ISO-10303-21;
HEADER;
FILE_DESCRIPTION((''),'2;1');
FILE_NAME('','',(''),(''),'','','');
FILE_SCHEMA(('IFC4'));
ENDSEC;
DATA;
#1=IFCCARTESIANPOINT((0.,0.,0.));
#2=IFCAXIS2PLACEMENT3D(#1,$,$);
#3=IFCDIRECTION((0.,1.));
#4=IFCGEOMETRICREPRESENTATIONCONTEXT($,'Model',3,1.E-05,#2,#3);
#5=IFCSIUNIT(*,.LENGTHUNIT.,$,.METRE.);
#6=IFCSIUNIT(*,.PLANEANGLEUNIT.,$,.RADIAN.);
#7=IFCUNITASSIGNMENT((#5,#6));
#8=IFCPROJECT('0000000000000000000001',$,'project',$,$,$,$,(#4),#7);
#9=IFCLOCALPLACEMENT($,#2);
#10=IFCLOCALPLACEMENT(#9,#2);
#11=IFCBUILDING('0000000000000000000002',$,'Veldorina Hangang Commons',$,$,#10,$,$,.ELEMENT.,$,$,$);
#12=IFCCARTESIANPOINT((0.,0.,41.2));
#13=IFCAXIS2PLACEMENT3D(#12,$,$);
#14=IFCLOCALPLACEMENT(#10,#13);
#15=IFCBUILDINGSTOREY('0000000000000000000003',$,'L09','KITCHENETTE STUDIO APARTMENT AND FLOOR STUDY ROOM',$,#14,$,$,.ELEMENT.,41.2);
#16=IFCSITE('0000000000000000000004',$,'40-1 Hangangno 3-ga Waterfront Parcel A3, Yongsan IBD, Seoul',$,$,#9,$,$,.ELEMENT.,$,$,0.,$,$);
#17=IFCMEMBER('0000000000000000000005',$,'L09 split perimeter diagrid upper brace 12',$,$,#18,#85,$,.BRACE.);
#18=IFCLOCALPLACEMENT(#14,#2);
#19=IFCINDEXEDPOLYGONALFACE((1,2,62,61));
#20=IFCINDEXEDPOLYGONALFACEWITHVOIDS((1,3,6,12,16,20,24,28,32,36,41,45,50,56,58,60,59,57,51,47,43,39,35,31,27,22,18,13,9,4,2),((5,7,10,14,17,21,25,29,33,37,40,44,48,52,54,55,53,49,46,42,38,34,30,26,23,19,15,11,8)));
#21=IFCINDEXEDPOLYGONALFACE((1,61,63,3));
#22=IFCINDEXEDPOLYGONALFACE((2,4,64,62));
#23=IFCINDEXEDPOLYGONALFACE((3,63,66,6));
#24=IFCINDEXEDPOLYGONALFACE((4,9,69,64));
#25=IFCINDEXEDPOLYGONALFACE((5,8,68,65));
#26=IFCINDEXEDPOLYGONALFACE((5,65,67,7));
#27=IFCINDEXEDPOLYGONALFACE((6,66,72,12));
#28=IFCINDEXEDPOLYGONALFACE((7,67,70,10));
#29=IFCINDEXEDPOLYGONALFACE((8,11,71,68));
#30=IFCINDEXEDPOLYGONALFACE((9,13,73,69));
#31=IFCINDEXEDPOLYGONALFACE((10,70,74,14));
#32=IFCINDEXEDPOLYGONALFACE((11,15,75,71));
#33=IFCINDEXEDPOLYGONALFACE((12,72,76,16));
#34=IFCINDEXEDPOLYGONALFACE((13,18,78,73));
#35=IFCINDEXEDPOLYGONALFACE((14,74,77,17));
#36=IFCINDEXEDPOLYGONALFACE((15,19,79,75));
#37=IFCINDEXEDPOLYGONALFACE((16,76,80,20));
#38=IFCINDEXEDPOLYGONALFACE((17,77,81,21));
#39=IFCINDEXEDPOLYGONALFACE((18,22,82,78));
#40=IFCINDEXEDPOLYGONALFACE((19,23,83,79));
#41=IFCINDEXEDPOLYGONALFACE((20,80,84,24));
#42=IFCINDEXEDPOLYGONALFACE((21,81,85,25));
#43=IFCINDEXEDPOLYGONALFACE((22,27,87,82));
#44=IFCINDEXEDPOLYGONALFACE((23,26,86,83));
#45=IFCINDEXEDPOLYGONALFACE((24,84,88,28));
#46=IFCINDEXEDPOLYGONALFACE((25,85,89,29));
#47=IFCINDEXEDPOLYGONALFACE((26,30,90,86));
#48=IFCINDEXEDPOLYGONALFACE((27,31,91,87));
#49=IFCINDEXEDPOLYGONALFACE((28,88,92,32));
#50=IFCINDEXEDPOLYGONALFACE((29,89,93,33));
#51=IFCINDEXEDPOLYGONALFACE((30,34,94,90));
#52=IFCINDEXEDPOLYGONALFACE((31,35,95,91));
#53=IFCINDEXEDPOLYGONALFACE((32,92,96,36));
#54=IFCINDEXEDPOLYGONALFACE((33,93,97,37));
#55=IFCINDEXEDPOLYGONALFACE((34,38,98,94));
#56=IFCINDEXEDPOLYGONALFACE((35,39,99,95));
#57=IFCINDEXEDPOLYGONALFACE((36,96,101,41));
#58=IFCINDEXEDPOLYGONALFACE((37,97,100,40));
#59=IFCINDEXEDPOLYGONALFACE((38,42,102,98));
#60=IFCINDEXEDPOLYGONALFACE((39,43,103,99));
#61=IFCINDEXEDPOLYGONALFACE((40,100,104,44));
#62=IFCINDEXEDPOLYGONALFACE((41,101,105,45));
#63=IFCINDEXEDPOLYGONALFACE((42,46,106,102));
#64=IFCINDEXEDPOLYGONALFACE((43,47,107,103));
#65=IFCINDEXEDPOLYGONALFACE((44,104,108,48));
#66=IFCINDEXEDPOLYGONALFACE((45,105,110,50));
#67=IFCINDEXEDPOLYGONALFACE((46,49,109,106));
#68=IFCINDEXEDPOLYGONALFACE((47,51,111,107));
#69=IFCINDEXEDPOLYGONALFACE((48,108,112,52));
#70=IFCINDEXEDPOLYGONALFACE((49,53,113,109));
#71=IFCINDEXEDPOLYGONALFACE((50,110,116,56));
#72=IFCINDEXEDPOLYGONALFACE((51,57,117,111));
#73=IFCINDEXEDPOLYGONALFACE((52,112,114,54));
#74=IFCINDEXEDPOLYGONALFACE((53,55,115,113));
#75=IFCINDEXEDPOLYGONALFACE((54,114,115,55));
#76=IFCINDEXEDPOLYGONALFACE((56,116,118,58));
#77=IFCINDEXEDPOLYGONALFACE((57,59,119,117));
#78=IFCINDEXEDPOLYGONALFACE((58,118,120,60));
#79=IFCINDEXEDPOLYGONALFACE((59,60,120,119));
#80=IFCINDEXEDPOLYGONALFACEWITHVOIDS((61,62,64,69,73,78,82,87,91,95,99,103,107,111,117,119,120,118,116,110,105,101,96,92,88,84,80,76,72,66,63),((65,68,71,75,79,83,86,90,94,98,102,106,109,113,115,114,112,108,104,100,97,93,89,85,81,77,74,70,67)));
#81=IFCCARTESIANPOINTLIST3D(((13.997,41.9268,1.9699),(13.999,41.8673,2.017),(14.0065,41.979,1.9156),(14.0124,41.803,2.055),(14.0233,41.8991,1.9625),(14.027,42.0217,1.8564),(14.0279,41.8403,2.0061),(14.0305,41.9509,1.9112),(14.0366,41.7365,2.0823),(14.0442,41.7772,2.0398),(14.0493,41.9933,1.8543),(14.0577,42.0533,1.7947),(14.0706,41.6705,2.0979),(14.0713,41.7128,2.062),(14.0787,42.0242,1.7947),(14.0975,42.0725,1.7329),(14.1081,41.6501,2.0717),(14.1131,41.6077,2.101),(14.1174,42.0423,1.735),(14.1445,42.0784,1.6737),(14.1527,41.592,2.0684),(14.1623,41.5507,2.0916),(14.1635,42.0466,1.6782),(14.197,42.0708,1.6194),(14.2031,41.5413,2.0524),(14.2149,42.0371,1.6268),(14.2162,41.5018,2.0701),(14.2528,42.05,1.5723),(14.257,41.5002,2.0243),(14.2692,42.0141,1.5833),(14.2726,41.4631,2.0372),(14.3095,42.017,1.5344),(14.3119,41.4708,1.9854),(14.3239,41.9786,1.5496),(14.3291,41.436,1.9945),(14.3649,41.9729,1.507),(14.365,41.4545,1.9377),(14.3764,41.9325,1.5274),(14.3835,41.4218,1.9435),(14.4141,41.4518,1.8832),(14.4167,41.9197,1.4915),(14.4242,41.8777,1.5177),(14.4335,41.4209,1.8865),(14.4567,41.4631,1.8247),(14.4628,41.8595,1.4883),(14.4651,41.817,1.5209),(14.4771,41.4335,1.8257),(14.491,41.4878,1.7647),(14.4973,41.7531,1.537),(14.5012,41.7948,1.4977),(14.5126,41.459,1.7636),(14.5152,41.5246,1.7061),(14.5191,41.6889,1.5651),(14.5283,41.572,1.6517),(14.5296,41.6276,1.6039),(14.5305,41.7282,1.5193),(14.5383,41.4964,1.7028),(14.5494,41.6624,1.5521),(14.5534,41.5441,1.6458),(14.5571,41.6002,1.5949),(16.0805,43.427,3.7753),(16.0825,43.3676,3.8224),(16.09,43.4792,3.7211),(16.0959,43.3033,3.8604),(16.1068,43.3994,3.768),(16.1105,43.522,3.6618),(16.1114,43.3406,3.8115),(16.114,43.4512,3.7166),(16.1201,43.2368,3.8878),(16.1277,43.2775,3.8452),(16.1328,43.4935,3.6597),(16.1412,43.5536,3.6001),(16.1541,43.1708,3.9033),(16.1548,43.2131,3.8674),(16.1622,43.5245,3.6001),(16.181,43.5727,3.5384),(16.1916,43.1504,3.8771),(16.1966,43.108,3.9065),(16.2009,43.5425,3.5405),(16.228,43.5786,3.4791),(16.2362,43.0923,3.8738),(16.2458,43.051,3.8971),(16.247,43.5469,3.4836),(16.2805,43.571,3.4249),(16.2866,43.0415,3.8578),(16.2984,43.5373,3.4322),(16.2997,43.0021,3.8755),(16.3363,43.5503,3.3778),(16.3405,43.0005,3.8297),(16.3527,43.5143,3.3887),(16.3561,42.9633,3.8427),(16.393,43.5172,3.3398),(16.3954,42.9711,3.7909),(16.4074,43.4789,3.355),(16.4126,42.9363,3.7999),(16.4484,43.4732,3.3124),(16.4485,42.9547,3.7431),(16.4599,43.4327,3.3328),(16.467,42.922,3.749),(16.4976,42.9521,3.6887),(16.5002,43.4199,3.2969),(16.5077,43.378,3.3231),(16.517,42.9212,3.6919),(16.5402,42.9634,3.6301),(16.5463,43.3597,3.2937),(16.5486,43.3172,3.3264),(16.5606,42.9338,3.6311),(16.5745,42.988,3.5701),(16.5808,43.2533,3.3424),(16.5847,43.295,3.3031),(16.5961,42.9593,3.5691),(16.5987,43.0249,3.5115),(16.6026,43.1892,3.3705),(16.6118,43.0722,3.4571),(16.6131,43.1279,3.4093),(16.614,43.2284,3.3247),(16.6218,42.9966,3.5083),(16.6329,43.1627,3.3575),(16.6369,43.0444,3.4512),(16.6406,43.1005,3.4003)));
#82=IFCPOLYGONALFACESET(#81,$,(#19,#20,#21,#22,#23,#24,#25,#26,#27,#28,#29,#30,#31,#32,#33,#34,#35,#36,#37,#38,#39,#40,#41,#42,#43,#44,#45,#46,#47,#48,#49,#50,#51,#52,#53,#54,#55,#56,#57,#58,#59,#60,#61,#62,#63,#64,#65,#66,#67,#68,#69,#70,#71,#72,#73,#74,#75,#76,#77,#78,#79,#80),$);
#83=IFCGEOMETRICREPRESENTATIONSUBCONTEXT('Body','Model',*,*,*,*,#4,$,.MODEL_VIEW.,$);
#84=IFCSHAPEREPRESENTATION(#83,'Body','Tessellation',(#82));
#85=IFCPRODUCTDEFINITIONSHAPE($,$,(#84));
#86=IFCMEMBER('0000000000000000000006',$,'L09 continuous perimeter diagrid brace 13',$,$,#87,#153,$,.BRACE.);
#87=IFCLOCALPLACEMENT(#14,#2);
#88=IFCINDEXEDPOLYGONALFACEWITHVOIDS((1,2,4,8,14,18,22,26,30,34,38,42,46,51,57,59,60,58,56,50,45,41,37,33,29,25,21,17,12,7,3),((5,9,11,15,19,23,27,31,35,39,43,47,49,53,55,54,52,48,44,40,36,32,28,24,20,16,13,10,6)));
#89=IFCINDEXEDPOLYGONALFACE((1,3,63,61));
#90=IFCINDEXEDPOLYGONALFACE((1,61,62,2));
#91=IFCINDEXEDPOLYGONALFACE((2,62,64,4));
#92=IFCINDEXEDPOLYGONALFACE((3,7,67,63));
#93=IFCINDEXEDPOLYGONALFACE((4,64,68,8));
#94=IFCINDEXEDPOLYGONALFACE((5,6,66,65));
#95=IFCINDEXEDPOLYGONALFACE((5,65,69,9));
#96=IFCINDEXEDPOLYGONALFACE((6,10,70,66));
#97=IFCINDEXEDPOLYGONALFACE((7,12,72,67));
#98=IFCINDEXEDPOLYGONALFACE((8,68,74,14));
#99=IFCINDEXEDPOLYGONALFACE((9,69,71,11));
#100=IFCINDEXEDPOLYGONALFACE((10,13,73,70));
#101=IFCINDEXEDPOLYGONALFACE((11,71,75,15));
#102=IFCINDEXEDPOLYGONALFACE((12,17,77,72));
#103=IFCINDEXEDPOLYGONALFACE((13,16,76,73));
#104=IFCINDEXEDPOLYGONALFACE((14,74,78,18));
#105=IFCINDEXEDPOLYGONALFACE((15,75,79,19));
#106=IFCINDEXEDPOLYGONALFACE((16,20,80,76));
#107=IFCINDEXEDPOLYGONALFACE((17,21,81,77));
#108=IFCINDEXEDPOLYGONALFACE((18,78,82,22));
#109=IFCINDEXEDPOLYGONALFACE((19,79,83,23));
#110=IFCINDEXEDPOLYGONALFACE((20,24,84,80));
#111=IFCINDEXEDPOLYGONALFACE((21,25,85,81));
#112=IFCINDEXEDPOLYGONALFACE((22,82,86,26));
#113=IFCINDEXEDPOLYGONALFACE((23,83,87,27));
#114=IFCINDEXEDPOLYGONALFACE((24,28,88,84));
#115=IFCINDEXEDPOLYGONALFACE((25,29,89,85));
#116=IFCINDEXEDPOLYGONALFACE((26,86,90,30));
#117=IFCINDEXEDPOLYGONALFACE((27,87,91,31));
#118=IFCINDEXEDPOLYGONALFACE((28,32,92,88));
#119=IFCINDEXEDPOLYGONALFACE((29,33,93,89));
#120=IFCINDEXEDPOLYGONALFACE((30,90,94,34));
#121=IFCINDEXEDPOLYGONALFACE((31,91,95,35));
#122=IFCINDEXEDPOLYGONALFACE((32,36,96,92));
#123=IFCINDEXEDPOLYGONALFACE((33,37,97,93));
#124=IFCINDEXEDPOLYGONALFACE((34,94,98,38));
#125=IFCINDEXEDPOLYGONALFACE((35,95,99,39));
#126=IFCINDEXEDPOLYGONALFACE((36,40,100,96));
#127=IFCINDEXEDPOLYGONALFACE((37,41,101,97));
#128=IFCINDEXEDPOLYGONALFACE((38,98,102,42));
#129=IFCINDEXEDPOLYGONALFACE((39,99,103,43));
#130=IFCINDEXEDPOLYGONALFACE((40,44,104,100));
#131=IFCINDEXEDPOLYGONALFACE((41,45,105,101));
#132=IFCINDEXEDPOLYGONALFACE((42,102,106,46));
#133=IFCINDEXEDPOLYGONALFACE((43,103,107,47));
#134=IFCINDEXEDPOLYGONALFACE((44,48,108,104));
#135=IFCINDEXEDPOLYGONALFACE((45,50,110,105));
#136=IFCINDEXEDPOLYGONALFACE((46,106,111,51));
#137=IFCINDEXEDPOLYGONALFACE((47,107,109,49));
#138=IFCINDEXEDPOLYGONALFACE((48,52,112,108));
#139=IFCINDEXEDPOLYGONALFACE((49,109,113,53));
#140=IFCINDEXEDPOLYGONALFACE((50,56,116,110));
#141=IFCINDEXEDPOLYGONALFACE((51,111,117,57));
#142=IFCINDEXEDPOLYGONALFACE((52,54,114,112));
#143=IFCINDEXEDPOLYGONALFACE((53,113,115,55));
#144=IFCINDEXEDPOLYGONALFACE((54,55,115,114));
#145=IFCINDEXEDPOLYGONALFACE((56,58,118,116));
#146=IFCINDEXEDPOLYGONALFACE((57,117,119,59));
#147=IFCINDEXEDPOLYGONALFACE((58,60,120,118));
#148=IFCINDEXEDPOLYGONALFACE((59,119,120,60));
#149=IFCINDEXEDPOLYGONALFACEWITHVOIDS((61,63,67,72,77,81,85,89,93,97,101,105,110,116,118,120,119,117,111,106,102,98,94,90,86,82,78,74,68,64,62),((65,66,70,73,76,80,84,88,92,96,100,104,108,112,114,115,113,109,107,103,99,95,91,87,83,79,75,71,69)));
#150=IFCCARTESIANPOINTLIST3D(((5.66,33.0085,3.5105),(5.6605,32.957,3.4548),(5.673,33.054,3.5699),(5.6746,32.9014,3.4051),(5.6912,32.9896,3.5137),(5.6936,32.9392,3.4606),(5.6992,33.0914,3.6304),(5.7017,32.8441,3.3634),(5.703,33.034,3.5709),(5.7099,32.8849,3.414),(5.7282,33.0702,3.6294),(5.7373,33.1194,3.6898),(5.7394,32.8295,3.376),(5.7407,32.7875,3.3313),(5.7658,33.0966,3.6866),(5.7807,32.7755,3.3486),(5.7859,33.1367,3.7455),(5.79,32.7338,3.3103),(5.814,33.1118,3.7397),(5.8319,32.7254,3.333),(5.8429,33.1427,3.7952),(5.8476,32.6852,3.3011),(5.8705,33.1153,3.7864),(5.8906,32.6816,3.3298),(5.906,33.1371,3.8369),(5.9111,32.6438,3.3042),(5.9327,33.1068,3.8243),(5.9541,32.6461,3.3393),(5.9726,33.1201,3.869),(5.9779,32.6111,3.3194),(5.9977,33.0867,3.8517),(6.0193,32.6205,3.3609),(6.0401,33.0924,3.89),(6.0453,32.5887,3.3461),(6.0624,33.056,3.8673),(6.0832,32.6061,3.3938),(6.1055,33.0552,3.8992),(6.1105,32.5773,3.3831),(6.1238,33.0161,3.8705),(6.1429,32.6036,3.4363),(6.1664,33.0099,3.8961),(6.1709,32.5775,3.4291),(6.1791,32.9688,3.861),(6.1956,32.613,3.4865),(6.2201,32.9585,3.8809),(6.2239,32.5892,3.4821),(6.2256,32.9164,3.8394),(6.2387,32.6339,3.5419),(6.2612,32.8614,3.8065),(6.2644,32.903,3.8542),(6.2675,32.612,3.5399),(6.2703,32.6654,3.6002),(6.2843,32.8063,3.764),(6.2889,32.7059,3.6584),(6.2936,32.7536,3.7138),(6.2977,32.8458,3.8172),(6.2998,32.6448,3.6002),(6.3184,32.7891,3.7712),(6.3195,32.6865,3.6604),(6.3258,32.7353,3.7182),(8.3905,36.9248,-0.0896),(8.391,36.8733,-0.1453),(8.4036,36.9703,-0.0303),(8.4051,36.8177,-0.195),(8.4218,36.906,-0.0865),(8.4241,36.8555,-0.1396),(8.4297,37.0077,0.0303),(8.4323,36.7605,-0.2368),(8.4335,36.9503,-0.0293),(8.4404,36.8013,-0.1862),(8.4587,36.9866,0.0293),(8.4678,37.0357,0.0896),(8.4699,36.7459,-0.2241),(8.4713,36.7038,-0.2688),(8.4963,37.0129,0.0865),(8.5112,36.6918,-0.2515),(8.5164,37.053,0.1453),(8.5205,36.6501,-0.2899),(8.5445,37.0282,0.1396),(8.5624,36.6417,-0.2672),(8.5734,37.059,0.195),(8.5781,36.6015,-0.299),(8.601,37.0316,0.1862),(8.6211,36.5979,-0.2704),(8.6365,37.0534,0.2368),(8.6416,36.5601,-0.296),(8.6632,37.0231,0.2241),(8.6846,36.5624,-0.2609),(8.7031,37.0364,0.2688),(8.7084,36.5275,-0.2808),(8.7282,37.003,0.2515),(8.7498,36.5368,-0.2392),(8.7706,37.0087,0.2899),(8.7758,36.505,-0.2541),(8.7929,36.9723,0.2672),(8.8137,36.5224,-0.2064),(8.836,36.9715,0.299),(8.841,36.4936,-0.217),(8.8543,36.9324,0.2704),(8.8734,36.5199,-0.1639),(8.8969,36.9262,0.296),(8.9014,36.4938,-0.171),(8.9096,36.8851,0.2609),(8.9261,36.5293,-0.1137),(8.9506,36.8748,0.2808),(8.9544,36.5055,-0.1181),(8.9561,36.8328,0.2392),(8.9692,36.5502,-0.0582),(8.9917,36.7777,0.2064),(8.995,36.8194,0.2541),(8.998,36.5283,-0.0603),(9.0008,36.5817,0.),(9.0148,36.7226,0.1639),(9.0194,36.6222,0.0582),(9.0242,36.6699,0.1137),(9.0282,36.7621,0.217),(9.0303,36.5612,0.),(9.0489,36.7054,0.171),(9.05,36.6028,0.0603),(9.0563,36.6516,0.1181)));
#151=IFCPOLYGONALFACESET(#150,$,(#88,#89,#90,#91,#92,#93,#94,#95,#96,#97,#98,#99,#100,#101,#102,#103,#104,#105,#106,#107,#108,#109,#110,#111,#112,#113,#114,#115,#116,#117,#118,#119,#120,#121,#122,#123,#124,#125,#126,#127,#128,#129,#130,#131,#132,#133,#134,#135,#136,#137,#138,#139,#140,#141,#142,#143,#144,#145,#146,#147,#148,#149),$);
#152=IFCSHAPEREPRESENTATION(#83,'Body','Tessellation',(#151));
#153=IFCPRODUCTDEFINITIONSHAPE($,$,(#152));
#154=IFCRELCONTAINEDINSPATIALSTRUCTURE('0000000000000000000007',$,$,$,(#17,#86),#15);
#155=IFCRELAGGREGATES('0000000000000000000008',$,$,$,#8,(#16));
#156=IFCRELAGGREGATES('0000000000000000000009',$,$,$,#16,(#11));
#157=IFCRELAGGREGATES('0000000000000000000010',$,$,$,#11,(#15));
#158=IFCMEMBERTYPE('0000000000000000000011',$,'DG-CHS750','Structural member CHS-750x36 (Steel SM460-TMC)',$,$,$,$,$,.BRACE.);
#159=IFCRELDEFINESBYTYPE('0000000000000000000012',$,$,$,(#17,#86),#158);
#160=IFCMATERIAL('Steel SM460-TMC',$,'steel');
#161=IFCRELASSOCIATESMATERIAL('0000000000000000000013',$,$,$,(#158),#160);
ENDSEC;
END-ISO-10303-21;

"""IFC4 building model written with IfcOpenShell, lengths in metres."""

from ifc_helpers import new_model, si_unit, direction, frame, origin, origin_2d, place, context, subcontext, project, spatial, hollow_circle, extrude, material, material_profile, profile_set, type_object, element, save


model = new_model("IFC4")

# Units and contexts
model_context = context("Model", 3, precision=1e-05, world=origin(), true_north=direction((0.0, 1.0)))
body_context = subcontext(model_context, "Body", "Model", "MODEL_VIEW")
ifc_project = project(units=[si_unit("LENGTHUNIT", "METRE"), si_unit("PLANEANGLEUNIT", "RADIAN")], contexts=[model_context])

# Site, building, storey
site_placement = place(None, origin())
site = spatial("IfcSite", under=ifc_project, at=site_placement, Name="40-1 Hangangno 3-ga Waterfront Parcel A3, Yongsan IBD, Seoul", CompositionType="ELEMENT", RefElevation=0.0)
building_placement = place(site_placement, origin())
building = spatial("IfcBuilding", under=site, at=building_placement, Name="Veldorina Hangang Commons", CompositionType="ELEMENT")
storey_placement = place(building_placement, frame((0.0, 0.0, 41.2)))
storey = spatial("IfcBuildingStorey", under=building, at=storey_placement, Name="L09", Description="KITCHENETTE STUDIO APARTMENT AND FLOOR STUDY ROOM", CompositionType="ELEMENT", Elevation=41.2)

# Shared definitions
ifc_material_1 = material(Name="Steel SM460-TMC", Category="steel")

# Members
ifc_material_profile_1 = material_profile(ifc_material_1, hollow_circle(Radius=0.375, WallThickness=0.0359, at=origin_2d()), Name="CHS-750x36")
ifc_profile_set_1 = profile_set([ifc_material_profile_1], Name="Steel SM460-TMC")
member_type = type_object("IfcMemberType", Name="DG-CHS750", Description="Structural member CHS-750x36 (Steel SM460-TMC)", PredefinedType="BRACE", material=ifc_profile_set_1)
member_1_placement = place(storey_placement, frame((14.2769, 41.749, 1.7947), z_axis=(0.663816, 0.477988, 0.575219), x_axis=(-0.584337, 0.811511, 0.0)))
element("IfcMember", 1, at=member_1_placement, inside=storey, type_object=member_type, Name="L09 split perimeter diagrid upper brace 12", PredefinedType="BRACE", context=body_context, shape_type="SweptSolid", body=[
    extrude(hollow_circle(Radius=0.375, WallThickness=0.0359, at=origin_2d()), origin(), (0.0, 0.0, 1.0), 3.1387),
])
member_2_placement = place(storey_placement, frame((8.7227, 36.7756, 0.0), z_axis=(-0.456646, -0.654958, 0.602083), x_axis=(0.820304, -0.571927, 0.0)))
element("IfcMember", 2, at=member_2_placement, inside=storey, type_object=member_type, Name="L09 continuous perimeter diagrid brace 13", PredefinedType="BRACE", context=body_context, shape_type="SweptSolid", body=[
    extrude(hollow_circle(Radius=0.375, WallThickness=0.0359, at=origin_2d()), origin(), (0.0, 0.0, 1.0), 5.9795),
])

save(model, "model.ifc")
